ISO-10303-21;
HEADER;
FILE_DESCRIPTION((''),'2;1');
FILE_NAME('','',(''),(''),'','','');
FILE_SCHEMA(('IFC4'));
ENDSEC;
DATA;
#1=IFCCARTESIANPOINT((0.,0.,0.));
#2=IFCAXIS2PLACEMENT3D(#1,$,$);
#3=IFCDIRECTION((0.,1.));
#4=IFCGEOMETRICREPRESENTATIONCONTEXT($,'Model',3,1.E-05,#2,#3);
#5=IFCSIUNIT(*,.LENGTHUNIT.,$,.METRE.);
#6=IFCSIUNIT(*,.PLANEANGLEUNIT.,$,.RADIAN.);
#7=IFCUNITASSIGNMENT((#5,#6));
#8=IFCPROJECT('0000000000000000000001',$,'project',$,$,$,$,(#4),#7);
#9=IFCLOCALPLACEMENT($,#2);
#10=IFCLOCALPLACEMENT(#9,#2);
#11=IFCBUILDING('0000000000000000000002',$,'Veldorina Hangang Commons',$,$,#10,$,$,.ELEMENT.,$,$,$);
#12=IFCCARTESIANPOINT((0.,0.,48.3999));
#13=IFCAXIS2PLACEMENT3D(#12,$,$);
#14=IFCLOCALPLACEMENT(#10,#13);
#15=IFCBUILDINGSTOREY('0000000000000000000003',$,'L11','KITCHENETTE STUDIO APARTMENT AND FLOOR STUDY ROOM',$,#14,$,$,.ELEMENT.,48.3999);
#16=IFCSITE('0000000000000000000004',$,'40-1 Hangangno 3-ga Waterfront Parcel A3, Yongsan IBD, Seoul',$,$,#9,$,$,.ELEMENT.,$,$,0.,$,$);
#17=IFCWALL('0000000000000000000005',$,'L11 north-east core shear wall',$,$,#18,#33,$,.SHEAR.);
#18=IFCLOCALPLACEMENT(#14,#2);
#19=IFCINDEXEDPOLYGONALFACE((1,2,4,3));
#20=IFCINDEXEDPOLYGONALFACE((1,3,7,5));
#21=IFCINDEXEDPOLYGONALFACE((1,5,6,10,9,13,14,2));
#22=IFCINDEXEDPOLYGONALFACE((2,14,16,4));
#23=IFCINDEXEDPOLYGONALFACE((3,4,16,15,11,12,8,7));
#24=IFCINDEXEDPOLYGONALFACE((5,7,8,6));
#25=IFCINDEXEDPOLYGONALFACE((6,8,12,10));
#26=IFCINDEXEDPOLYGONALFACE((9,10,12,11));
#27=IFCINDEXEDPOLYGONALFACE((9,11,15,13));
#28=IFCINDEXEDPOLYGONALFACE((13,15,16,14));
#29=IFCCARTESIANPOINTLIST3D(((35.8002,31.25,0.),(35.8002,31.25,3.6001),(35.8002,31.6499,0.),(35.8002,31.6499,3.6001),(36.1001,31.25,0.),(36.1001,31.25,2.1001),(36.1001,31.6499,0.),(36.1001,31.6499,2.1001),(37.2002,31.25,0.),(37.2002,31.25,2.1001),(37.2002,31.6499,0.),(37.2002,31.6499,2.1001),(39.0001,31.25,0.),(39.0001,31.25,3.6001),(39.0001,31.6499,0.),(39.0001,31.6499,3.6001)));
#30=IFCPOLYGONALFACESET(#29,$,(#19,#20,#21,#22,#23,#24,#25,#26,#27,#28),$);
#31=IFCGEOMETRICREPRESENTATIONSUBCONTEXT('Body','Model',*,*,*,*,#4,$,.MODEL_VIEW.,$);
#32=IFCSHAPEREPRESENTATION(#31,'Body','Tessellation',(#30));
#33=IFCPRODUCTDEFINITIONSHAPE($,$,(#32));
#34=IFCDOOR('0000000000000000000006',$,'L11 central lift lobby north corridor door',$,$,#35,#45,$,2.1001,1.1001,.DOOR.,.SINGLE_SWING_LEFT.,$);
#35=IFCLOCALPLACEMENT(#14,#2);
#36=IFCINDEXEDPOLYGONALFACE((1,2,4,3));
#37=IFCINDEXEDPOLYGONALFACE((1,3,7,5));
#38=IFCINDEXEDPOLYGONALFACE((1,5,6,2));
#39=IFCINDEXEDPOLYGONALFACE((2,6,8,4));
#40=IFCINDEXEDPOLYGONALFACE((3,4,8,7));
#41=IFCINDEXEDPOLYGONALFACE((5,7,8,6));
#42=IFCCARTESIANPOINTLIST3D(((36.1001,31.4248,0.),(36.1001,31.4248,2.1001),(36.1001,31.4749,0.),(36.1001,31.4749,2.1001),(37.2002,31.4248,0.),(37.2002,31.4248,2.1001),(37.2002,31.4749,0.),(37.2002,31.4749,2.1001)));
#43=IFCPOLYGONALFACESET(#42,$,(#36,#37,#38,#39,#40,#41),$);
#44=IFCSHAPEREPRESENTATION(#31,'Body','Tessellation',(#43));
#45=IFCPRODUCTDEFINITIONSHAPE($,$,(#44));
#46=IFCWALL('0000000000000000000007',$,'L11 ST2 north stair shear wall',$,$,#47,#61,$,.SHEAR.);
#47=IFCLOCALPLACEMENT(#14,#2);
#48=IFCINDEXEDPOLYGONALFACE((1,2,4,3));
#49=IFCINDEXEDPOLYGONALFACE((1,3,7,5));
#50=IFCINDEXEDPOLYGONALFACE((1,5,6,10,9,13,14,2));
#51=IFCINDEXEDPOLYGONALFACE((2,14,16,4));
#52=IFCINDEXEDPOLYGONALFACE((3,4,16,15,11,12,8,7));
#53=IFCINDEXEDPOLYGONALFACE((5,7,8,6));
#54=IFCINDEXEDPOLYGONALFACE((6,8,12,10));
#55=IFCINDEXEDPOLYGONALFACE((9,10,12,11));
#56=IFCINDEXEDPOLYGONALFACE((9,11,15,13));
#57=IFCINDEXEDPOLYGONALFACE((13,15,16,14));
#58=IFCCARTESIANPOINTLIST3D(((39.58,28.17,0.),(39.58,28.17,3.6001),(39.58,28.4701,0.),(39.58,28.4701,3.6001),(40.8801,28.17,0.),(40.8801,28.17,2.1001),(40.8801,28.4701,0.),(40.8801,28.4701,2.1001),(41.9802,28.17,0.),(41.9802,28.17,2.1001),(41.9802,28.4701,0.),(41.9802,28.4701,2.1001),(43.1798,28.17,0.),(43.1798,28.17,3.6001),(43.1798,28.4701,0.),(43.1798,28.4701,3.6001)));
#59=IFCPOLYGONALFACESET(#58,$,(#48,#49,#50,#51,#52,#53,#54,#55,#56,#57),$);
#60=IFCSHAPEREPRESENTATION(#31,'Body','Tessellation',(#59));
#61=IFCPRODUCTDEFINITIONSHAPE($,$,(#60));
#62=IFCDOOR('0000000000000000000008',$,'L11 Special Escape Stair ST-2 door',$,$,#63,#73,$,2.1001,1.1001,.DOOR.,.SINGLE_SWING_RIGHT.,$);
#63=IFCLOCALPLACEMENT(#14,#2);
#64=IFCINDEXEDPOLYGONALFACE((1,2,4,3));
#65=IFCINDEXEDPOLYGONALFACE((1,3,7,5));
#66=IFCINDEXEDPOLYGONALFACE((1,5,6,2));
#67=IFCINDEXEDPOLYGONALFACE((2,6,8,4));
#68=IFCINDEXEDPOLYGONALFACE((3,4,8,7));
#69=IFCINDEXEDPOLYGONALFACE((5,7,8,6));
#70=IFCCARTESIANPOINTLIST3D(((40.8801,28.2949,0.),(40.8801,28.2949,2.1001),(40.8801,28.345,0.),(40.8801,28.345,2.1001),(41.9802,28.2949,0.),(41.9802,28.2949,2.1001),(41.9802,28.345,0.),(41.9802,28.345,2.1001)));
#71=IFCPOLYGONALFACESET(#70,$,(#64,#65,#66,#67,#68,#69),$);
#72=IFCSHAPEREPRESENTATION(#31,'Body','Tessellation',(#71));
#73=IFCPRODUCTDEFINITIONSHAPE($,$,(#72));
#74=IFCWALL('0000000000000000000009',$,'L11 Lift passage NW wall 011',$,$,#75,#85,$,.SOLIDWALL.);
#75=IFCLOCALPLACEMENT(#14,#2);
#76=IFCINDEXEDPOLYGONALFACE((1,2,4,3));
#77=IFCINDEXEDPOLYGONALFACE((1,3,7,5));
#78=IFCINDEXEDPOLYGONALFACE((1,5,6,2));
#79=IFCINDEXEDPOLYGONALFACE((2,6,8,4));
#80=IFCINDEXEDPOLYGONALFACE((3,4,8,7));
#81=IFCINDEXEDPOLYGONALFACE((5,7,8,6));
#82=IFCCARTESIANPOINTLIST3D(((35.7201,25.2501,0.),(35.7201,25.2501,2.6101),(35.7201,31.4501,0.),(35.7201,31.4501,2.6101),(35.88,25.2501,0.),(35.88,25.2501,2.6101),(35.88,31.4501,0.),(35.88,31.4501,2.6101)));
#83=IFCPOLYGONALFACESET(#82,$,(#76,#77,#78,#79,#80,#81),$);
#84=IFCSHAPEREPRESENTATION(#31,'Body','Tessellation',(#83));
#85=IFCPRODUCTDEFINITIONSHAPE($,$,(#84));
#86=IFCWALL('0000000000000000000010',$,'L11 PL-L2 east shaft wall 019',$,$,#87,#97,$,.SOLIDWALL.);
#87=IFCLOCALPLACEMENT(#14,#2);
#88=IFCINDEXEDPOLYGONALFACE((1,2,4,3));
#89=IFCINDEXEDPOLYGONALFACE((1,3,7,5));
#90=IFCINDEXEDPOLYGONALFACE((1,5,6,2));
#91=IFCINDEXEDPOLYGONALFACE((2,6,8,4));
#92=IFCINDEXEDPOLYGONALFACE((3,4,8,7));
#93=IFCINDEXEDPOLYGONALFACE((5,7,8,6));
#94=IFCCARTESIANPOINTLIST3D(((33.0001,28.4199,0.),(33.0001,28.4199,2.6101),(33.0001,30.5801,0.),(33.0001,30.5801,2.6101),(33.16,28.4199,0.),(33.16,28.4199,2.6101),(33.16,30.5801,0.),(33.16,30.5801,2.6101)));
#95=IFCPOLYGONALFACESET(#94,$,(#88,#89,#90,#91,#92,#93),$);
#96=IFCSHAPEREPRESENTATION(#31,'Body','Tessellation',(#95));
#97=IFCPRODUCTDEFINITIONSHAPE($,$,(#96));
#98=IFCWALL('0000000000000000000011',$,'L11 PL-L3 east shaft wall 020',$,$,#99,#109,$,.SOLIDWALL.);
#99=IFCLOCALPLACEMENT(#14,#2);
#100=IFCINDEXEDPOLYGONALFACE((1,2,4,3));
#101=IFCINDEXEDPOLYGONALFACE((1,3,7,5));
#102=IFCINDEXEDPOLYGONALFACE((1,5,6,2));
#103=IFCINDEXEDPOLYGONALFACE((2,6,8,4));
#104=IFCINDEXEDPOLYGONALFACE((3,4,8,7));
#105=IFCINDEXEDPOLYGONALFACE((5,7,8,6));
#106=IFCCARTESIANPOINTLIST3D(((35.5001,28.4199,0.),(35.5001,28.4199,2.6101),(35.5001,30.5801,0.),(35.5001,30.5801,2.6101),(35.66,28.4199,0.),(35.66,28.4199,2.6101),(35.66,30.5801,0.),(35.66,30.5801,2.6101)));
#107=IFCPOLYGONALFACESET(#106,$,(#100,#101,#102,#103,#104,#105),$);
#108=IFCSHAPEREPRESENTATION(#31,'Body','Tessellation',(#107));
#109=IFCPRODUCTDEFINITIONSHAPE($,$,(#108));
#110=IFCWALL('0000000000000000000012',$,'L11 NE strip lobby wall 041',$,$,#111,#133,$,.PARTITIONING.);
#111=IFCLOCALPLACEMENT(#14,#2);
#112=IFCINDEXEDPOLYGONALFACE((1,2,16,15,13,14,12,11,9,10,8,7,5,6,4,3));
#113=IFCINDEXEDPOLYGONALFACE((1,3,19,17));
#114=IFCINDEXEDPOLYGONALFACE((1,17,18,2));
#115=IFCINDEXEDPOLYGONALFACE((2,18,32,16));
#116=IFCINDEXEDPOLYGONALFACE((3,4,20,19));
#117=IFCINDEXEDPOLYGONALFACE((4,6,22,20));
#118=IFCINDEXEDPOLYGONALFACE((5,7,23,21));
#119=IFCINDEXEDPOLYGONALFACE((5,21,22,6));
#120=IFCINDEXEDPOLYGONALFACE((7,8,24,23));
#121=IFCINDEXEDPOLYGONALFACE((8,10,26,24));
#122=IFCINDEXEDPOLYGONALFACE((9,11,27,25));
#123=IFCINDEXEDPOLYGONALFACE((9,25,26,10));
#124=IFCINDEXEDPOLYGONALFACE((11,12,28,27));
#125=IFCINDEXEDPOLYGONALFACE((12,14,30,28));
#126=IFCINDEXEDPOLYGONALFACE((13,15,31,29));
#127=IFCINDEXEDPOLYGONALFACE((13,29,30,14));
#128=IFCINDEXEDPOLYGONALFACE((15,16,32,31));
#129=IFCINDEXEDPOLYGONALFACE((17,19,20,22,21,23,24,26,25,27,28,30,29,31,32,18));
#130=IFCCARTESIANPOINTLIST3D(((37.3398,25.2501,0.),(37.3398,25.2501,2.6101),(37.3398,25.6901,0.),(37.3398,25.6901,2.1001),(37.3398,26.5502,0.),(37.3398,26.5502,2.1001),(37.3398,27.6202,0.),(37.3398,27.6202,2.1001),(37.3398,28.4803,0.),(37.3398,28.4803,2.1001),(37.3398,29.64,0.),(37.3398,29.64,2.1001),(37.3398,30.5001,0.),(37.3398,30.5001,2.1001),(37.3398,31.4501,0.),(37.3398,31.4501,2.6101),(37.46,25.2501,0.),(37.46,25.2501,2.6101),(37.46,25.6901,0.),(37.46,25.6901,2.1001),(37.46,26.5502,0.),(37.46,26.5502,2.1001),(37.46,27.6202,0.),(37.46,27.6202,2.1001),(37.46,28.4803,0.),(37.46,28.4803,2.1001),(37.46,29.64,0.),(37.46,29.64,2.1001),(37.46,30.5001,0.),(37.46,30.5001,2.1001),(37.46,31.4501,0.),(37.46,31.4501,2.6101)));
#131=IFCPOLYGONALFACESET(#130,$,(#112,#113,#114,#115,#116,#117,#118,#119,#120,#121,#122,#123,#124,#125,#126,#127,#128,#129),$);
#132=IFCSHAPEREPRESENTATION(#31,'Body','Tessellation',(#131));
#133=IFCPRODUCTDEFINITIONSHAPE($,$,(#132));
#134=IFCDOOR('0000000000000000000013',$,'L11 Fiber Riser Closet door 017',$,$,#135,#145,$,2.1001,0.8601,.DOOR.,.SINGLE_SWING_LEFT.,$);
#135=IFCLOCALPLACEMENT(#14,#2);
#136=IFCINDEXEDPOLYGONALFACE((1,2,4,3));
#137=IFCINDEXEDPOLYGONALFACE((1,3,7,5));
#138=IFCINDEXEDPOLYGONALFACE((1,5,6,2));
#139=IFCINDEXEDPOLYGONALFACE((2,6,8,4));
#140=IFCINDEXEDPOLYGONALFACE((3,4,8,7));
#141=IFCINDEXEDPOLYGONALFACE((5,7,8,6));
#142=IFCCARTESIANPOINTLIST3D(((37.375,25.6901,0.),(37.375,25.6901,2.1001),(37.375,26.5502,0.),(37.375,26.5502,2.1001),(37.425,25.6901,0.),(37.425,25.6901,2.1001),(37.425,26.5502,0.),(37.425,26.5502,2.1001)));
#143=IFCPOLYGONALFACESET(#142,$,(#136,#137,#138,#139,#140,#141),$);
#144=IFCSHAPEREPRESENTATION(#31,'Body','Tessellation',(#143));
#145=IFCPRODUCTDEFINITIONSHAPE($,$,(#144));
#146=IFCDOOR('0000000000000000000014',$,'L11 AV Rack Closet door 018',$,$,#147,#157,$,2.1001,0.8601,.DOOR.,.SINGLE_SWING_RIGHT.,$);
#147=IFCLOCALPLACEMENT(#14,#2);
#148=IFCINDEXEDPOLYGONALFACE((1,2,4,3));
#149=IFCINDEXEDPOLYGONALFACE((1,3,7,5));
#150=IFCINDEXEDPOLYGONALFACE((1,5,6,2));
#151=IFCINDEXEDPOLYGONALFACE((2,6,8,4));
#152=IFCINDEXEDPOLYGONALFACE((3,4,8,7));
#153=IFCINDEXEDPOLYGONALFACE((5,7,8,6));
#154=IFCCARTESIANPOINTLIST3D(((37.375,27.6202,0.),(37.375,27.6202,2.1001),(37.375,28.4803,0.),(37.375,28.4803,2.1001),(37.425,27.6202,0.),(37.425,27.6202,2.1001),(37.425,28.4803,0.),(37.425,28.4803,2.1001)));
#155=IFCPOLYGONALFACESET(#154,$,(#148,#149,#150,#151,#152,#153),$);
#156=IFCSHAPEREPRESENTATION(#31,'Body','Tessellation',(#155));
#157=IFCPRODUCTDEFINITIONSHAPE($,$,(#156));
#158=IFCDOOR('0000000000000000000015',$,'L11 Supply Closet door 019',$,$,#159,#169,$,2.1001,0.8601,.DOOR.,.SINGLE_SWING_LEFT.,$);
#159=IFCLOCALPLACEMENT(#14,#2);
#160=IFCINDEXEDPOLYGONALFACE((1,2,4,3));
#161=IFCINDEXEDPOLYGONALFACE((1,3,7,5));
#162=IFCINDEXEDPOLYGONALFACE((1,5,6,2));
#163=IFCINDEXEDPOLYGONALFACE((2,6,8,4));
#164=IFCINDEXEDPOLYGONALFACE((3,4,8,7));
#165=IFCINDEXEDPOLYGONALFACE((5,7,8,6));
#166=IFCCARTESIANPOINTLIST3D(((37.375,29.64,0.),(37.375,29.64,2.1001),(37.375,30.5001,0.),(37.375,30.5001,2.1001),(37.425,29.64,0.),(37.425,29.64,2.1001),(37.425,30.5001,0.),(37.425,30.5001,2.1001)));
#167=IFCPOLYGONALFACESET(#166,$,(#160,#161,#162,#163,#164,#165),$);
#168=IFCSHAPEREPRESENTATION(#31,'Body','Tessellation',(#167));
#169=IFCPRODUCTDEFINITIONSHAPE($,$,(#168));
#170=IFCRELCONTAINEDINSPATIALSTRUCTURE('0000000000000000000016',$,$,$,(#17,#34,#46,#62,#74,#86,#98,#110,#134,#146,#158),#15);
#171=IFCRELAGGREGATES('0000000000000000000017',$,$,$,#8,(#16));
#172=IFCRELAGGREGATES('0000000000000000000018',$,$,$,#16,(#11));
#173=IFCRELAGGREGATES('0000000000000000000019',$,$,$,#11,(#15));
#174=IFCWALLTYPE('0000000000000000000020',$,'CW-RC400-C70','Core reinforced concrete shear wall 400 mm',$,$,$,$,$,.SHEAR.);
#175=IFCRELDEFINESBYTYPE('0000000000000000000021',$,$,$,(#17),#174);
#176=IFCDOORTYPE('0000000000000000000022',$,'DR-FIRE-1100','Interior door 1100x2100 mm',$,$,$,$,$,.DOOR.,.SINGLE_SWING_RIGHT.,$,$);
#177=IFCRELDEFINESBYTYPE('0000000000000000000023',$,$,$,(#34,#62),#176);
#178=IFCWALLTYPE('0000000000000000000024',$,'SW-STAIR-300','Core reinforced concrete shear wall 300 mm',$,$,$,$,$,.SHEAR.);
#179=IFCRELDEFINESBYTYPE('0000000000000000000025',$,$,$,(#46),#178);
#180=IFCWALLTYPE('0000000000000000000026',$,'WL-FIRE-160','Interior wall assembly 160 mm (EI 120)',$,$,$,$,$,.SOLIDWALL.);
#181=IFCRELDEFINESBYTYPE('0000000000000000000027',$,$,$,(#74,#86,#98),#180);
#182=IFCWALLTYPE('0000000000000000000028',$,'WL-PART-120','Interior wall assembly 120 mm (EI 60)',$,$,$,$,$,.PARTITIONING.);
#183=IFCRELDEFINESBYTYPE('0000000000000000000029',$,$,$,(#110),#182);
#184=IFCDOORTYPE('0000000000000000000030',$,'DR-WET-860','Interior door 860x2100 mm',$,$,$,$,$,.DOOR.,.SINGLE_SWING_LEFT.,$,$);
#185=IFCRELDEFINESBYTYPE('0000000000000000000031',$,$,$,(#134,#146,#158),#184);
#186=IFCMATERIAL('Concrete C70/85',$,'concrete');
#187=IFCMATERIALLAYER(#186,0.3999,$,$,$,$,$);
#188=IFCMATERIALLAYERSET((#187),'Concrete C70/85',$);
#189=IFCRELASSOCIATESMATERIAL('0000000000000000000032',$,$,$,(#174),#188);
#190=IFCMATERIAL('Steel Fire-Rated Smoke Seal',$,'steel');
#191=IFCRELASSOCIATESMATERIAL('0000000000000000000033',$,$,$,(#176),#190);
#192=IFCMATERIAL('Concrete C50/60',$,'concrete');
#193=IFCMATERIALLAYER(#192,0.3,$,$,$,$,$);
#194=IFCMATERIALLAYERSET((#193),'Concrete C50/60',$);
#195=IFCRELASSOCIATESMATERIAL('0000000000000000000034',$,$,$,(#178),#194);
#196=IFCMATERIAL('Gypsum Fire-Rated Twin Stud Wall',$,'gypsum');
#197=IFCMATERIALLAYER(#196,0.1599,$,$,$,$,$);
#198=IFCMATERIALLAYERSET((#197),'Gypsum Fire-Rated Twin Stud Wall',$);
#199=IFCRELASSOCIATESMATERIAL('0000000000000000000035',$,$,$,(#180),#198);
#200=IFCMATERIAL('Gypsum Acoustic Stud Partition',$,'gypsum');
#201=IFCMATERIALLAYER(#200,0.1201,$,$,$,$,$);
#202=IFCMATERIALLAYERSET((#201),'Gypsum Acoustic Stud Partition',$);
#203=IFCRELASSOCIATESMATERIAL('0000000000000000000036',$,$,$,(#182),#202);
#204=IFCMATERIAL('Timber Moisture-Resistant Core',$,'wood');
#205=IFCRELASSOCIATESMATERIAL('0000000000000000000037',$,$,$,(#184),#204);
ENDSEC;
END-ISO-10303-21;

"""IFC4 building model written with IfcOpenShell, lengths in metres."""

from ifc_helpers import new_model, si_unit, direction, frame, frame_2d, origin, place, context, subcontext, project, spatial, rectangle, extrude, material, layer, layer_set, type_object, element, fill, save


model = new_model("IFC4")

# Units and contexts
model_context = context("Model", 3, precision=1e-05, world=origin(), true_north=direction((0.0, 1.0)))
body_context = subcontext(model_context, "Body", "Model", "MODEL_VIEW")
ifc_project = project(units=[si_unit("LENGTHUNIT", "METRE"), si_unit("PLANEANGLEUNIT", "RADIAN")], contexts=[model_context])

# Site, building, storey
site_placement = place(None, origin())
site = spatial("IfcSite", under=ifc_project, at=site_placement, Name="40-1 Hangangno 3-ga Waterfront Parcel A3, Yongsan IBD, Seoul", CompositionType="ELEMENT", RefElevation=0.0)
building_placement = place(site_placement, origin())
building = spatial("IfcBuilding", under=site, at=building_placement, Name="Veldorina Hangang Commons", CompositionType="ELEMENT")
storey_placement = place(building_placement, frame((0.0, 0.0, 48.3999)))
storey = spatial("IfcBuildingStorey", under=building, at=storey_placement, Name="L11", Description="KITCHENETTE STUDIO APARTMENT AND FLOOR STUDY ROOM", CompositionType="ELEMENT", Elevation=48.3999)

# Shared definitions
ifc_material_1 = material(Name="Concrete C70/85", Category="concrete")

# Shared definitions
ifc_layer_1 = layer(ifc_material_1, 0.3999)
ifc_layer_set_1 = layer_set([ifc_layer_1], Name="Concrete C70/85")
wall_type_1 = type_object("IfcWallType", Name="CW-RC400-C70", Description="Core reinforced concrete shear wall 400 mm", PredefinedType="SHEAR", material=ifc_layer_set_1)

# Walls, openings, doors
wall_1_placement = place(storey_placement, frame((35.8, 31.45, 0.0), z_axis=(0.0, 0.0, 1.0), x_axis=(1.0, 0.0, 0.0)))
wall_1 = element("IfcWall", 1, at=wall_1_placement, inside=storey, type_object=wall_type_1, Name="L11 north-east core shear wall", PredefinedType="SHEAR", context=body_context, shape_type="SweptSolid", body=[
    extrude(rectangle(XDim=3.2, YDim=0.3999, at=frame_2d((1.6001, 0.0))), origin(), (0.0, 0.0, 1.0), 3.6001),
])
opening_1_placement = place(wall_1_placement, frame((0.3, 0.0, 0.0)))
opening_1 = element("IfcOpeningElement", 2, at=opening_1_placement, cuts=wall_1, PredefinedType="OPENING", context=body_context, shape_type="SweptSolid", body=[
    extrude(rectangle(XDim=1.1001, YDim=2.1001, at=frame_2d((0.55, 1.05))), frame((0.0, 0.21, 0.0), z_axis=(0.0, -1.0, 0.0), x_axis=(1.0, 0.0, 0.0)), (0.0, 0.0, 1.0), 0.4199),
])
ifc_material_2 = material(Name="Steel Fire-Rated Smoke Seal", Category="steel")
door_type_1 = type_object("IfcDoorType", Name="DR-FIRE-1100", Description="Interior door 1100x2100 mm", OperationType="SINGLE_SWING_RIGHT", PredefinedType="DOOR", material=ifc_material_2)
door_1_placement = place(opening_1_placement, origin())
door_1 = element("IfcDoor", 3, at=door_1_placement, inside=storey, type_object=door_type_1, Name="L11 central lift lobby north corridor door", OperationType="SINGLE_SWING_LEFT", OverallHeight=2.1001, OverallWidth=1.1001, PredefinedType="DOOR", context=body_context, shape_type="SweptSolid", body=[
    extrude(rectangle(XDim=1.1001, YDim=2.1001, at=frame_2d((0.55, 1.05))), frame((0.0, 0.0249, 0.0), z_axis=(0.0, -1.0, 0.0), x_axis=(1.0, 0.0, 0.0)), (0.0, 0.0, 1.0), 0.05),
])
fill(opening_1, door_1)
ifc_material_3 = material(Name="Concrete C50/60", Category="concrete")
ifc_layer_2 = layer(ifc_material_3, 0.3)
ifc_layer_set_2 = layer_set([ifc_layer_2], Name="Concrete C50/60")
wall_type_2 = type_object("IfcWallType", Name="SW-STAIR-300", Description="Core reinforced concrete shear wall 300 mm", PredefinedType="SHEAR", material=ifc_layer_set_2)
wall_2_placement = place(storey_placement, frame((39.5801, 28.3201, 0.0), z_axis=(0.0, 0.0, 1.0), x_axis=(1.0, 0.0, 0.0)))
wall_2 = element("IfcWall", 4, at=wall_2_placement, inside=storey, type_object=wall_type_2, Name="L11 ST2 north stair shear wall", PredefinedType="SHEAR", context=body_context, shape_type="SweptSolid", body=[
    extrude(rectangle(XDim=3.5999, YDim=0.3, at=frame_2d((1.7998, 0.0))), origin(), (0.0, 0.0, 1.0), 3.6001),
])
opening_2_placement = place(wall_2_placement, frame((1.3, 0.0, 0.0)))
opening_2 = element("IfcOpeningElement", 5, at=opening_2_placement, cuts=wall_2, PredefinedType="OPENING", context=body_context, shape_type="SweptSolid", body=[
    extrude(rectangle(XDim=1.1001, YDim=2.1001, at=frame_2d((0.55, 1.05))), frame((0.0, 0.1602, 0.0), z_axis=(0.0, -1.0, 0.0), x_axis=(1.0, 0.0, 0.0)), (0.0, 0.0, 1.0), 0.3201),
])
door_2_placement = place(opening_2_placement, origin())
door_2 = element("IfcDoor", 6, at=door_2_placement, inside=storey, type_object=door_type_1, Name="L11 Special Escape Stair ST-2 door", OperationType="SINGLE_SWING_RIGHT", OverallHeight=2.1001, OverallWidth=1.1001, PredefinedType="DOOR", context=body_context, shape_type="SweptSolid", body=[
    extrude(rectangle(XDim=1.1001, YDim=2.1001, at=frame_2d((0.55, 1.05))), frame((0.0, 0.0249, 0.0), z_axis=(0.0, -1.0, 0.0), x_axis=(1.0, 0.0, 0.0)), (0.0, 0.0, 1.0), 0.05),
])
fill(opening_2, door_2)

# Walls
ifc_material_4 = material(Name="Gypsum Fire-Rated Twin Stud Wall", Category="gypsum")
ifc_layer_3 = layer(ifc_material_4, 0.1599)
ifc_layer_set_3 = layer_set([ifc_layer_3], Name="Gypsum Fire-Rated Twin Stud Wall")
wall_type_3 = type_object("IfcWallType", Name="WL-FIRE-160", Description="Interior wall assembly 160 mm (EI 120)", PredefinedType="SOLIDWALL", material=ifc_layer_set_3)
wall_3_placement = place(storey_placement, frame((35.8, 25.25, 0.0), z_axis=(0.0, 0.0, 1.0), x_axis=(0.0, 1.0, 0.0)))
element("IfcWall", 7, at=wall_3_placement, inside=storey, type_object=wall_type_3, Name="L11 Lift passage NW wall 011", PredefinedType="SOLIDWALL", context=body_context, shape_type="SweptSolid", body=[
    extrude(rectangle(XDim=6.2, YDim=0.1599, at=frame_2d((3.1001, 0.0))), origin(), (0.0, 0.0, 1.0), 2.6101),
])
for number, where, z_axis, x_axis, name in (
    (8, (33.0801, 28.4199, 0.0), (0.0, 0.0, 1.0), (0.0, 1.0, 0.0), "L11 PL-L2 east shaft wall 019"),
    (9, (35.5801, 28.4199, 0.0), (0.0, 0.0, 1.0), (0.0, 1.0, 0.0), "L11 PL-L3 east shaft wall 020"),
):
    element("IfcWall", number, at=place(storey_placement, frame(where, z_axis=z_axis, x_axis=x_axis)), inside=storey, type_object=wall_type_3, Name=name, PredefinedType="SOLIDWALL", context=body_context, shape_type="SweptSolid", body=[
        extrude(rectangle(XDim=2.1602, YDim=0.1599, at=frame_2d((1.0801, 0.0))), origin(), (0.0, 0.0, 1.0), 2.6101),
    ])

# Wall, openings, doors
ifc_material_5 = material(Name="Gypsum Acoustic Stud Partition", Category="gypsum")
ifc_layer_4 = layer(ifc_material_5, 0.1201)
ifc_layer_set_4 = layer_set([ifc_layer_4], Name="Gypsum Acoustic Stud Partition")
wall_type_4 = type_object("IfcWallType", Name="WL-PART-120", Description="Interior wall assembly 120 mm (EI 60)", PredefinedType="PARTITIONING", material=ifc_layer_set_4)
wall_4_placement = place(storey_placement, frame((37.3999, 25.25, 0.0), z_axis=(0.0, 0.0, 1.0), x_axis=(0.0, 1.0, 0.0)))
wall_4 = element("IfcWall", 10, at=wall_4_placement, inside=storey, type_object=wall_type_4, Name="L11 NE strip lobby wall 041", PredefinedType="PARTITIONING", context=body_context, shape_type="SweptSolid", body=[
    extrude(rectangle(XDim=6.2, YDim=0.1201, at=frame_2d((3.1001, 0.0))), origin(), (0.0, 0.0, 1.0), 2.6101),
])
opening_3_placement = place(wall_4_placement, frame((0.4399, 0.0, 0.0)))
opening_3 = element("IfcOpeningElement", 11, at=opening_3_placement, cuts=wall_4, PredefinedType="OPENING", context=body_context, shape_type="SweptSolid", body=[
    extrude(rectangle(XDim=0.8601, YDim=2.1001, at=frame_2d((0.4302, 1.05))), frame((0.0, 0.0701, 0.0), z_axis=(0.0, -1.0, 0.0), x_axis=(1.0, 0.0, 0.0)), (0.0, 0.0, 1.0), 0.1401),
])
opening_4_placement = place(wall_4_placement, frame((2.3701, 0.0, 0.0)))
opening_4 = element("IfcOpeningElement", 12, at=opening_4_placement, cuts=wall_4, PredefinedType="OPENING", context=body_context, shape_type="SweptSolid", body=[
    extrude(rectangle(XDim=0.8601, YDim=2.1001, at=frame_2d((0.4302, 1.05))), frame((0.0, 0.0701, 0.0), z_axis=(0.0, -1.0, 0.0), x_axis=(1.0, 0.0, 0.0)), (0.0, 0.0, 1.0), 0.1401),
])
opening_5_placement = place(wall_4_placement, frame((4.3899, 0.0, 0.0)))
opening_5 = element("IfcOpeningElement", 13, at=opening_5_placement, cuts=wall_4, PredefinedType="OPENING", context=body_context, shape_type="SweptSolid", body=[
    extrude(rectangle(XDim=0.8601, YDim=2.1001, at=frame_2d((0.4302, 1.05))), frame((0.0, 0.0701, 0.0), z_axis=(0.0, -1.0, 0.0), x_axis=(1.0, 0.0, 0.0)), (0.0, 0.0, 1.0), 0.1401),
])
ifc_material_6 = material(Name="Timber Moisture-Resistant Core", Category="wood")
door_type_2 = type_object("IfcDoorType", Name="DR-WET-860", Description="Interior door 860x2100 mm", OperationType="SINGLE_SWING_LEFT", PredefinedType="DOOR", material=ifc_material_6)
door_3_placement = place(opening_3_placement, origin())
door_3 = element("IfcDoor", 14, at=door_3_placement, inside=storey, type_object=door_type_2, Name="L11 Fiber Riser Closet door 017", OperationType="SINGLE_SWING_LEFT", OverallHeight=2.1001, OverallWidth=0.8601, PredefinedType="DOOR", context=body_context, shape_type="SweptSolid", body=[
    extrude(rectangle(XDim=0.8601, YDim=2.1001, at=frame_2d((0.4302, 1.05))), frame((0.0, 0.0249, 0.0), z_axis=(0.0, -1.0, 0.0), x_axis=(1.0, 0.0, 0.0)), (0.0, 0.0, 1.0), 0.05),
])
fill(opening_3, door_3)
door_4_placement = place(opening_4_placement, origin())
door_4 = element("IfcDoor", 15, at=door_4_placement, inside=storey, type_object=door_type_2, Name="L11 AV Rack Closet door 018", OperationType="SINGLE_SWING_RIGHT", OverallHeight=2.1001, OverallWidth=0.8601, PredefinedType="DOOR", context=body_context, shape_type="SweptSolid", body=[
    extrude(rectangle(XDim=0.8601, YDim=2.1001, at=frame_2d((0.4302, 1.05))), frame((0.0, 0.0249, 0.0), z_axis=(0.0, -1.0, 0.0), x_axis=(1.0, 0.0, 0.0)), (0.0, 0.0, 1.0), 0.05),
])
fill(opening_4, door_4)
door_5_placement = place(opening_5_placement, origin())
door_5 = element("IfcDoor", 16, at=door_5_placement, inside=storey, type_object=door_type_2, Name="L11 Supply Closet door 019", OperationType="SINGLE_SWING_LEFT", OverallHeight=2.1001, OverallWidth=0.8601, PredefinedType="DOOR", context=body_context, shape_type="SweptSolid", body=[
    extrude(rectangle(XDim=0.8601, YDim=2.1001, at=frame_2d((0.4302, 1.05))), frame((0.0, 0.0249, 0.0), z_axis=(0.0, -1.0, 0.0), x_axis=(1.0, 0.0, 0.0)), (0.0, 0.0, 1.0), 0.05),
])
fill(opening_5, door_5)

save(model, "model.ifc")
